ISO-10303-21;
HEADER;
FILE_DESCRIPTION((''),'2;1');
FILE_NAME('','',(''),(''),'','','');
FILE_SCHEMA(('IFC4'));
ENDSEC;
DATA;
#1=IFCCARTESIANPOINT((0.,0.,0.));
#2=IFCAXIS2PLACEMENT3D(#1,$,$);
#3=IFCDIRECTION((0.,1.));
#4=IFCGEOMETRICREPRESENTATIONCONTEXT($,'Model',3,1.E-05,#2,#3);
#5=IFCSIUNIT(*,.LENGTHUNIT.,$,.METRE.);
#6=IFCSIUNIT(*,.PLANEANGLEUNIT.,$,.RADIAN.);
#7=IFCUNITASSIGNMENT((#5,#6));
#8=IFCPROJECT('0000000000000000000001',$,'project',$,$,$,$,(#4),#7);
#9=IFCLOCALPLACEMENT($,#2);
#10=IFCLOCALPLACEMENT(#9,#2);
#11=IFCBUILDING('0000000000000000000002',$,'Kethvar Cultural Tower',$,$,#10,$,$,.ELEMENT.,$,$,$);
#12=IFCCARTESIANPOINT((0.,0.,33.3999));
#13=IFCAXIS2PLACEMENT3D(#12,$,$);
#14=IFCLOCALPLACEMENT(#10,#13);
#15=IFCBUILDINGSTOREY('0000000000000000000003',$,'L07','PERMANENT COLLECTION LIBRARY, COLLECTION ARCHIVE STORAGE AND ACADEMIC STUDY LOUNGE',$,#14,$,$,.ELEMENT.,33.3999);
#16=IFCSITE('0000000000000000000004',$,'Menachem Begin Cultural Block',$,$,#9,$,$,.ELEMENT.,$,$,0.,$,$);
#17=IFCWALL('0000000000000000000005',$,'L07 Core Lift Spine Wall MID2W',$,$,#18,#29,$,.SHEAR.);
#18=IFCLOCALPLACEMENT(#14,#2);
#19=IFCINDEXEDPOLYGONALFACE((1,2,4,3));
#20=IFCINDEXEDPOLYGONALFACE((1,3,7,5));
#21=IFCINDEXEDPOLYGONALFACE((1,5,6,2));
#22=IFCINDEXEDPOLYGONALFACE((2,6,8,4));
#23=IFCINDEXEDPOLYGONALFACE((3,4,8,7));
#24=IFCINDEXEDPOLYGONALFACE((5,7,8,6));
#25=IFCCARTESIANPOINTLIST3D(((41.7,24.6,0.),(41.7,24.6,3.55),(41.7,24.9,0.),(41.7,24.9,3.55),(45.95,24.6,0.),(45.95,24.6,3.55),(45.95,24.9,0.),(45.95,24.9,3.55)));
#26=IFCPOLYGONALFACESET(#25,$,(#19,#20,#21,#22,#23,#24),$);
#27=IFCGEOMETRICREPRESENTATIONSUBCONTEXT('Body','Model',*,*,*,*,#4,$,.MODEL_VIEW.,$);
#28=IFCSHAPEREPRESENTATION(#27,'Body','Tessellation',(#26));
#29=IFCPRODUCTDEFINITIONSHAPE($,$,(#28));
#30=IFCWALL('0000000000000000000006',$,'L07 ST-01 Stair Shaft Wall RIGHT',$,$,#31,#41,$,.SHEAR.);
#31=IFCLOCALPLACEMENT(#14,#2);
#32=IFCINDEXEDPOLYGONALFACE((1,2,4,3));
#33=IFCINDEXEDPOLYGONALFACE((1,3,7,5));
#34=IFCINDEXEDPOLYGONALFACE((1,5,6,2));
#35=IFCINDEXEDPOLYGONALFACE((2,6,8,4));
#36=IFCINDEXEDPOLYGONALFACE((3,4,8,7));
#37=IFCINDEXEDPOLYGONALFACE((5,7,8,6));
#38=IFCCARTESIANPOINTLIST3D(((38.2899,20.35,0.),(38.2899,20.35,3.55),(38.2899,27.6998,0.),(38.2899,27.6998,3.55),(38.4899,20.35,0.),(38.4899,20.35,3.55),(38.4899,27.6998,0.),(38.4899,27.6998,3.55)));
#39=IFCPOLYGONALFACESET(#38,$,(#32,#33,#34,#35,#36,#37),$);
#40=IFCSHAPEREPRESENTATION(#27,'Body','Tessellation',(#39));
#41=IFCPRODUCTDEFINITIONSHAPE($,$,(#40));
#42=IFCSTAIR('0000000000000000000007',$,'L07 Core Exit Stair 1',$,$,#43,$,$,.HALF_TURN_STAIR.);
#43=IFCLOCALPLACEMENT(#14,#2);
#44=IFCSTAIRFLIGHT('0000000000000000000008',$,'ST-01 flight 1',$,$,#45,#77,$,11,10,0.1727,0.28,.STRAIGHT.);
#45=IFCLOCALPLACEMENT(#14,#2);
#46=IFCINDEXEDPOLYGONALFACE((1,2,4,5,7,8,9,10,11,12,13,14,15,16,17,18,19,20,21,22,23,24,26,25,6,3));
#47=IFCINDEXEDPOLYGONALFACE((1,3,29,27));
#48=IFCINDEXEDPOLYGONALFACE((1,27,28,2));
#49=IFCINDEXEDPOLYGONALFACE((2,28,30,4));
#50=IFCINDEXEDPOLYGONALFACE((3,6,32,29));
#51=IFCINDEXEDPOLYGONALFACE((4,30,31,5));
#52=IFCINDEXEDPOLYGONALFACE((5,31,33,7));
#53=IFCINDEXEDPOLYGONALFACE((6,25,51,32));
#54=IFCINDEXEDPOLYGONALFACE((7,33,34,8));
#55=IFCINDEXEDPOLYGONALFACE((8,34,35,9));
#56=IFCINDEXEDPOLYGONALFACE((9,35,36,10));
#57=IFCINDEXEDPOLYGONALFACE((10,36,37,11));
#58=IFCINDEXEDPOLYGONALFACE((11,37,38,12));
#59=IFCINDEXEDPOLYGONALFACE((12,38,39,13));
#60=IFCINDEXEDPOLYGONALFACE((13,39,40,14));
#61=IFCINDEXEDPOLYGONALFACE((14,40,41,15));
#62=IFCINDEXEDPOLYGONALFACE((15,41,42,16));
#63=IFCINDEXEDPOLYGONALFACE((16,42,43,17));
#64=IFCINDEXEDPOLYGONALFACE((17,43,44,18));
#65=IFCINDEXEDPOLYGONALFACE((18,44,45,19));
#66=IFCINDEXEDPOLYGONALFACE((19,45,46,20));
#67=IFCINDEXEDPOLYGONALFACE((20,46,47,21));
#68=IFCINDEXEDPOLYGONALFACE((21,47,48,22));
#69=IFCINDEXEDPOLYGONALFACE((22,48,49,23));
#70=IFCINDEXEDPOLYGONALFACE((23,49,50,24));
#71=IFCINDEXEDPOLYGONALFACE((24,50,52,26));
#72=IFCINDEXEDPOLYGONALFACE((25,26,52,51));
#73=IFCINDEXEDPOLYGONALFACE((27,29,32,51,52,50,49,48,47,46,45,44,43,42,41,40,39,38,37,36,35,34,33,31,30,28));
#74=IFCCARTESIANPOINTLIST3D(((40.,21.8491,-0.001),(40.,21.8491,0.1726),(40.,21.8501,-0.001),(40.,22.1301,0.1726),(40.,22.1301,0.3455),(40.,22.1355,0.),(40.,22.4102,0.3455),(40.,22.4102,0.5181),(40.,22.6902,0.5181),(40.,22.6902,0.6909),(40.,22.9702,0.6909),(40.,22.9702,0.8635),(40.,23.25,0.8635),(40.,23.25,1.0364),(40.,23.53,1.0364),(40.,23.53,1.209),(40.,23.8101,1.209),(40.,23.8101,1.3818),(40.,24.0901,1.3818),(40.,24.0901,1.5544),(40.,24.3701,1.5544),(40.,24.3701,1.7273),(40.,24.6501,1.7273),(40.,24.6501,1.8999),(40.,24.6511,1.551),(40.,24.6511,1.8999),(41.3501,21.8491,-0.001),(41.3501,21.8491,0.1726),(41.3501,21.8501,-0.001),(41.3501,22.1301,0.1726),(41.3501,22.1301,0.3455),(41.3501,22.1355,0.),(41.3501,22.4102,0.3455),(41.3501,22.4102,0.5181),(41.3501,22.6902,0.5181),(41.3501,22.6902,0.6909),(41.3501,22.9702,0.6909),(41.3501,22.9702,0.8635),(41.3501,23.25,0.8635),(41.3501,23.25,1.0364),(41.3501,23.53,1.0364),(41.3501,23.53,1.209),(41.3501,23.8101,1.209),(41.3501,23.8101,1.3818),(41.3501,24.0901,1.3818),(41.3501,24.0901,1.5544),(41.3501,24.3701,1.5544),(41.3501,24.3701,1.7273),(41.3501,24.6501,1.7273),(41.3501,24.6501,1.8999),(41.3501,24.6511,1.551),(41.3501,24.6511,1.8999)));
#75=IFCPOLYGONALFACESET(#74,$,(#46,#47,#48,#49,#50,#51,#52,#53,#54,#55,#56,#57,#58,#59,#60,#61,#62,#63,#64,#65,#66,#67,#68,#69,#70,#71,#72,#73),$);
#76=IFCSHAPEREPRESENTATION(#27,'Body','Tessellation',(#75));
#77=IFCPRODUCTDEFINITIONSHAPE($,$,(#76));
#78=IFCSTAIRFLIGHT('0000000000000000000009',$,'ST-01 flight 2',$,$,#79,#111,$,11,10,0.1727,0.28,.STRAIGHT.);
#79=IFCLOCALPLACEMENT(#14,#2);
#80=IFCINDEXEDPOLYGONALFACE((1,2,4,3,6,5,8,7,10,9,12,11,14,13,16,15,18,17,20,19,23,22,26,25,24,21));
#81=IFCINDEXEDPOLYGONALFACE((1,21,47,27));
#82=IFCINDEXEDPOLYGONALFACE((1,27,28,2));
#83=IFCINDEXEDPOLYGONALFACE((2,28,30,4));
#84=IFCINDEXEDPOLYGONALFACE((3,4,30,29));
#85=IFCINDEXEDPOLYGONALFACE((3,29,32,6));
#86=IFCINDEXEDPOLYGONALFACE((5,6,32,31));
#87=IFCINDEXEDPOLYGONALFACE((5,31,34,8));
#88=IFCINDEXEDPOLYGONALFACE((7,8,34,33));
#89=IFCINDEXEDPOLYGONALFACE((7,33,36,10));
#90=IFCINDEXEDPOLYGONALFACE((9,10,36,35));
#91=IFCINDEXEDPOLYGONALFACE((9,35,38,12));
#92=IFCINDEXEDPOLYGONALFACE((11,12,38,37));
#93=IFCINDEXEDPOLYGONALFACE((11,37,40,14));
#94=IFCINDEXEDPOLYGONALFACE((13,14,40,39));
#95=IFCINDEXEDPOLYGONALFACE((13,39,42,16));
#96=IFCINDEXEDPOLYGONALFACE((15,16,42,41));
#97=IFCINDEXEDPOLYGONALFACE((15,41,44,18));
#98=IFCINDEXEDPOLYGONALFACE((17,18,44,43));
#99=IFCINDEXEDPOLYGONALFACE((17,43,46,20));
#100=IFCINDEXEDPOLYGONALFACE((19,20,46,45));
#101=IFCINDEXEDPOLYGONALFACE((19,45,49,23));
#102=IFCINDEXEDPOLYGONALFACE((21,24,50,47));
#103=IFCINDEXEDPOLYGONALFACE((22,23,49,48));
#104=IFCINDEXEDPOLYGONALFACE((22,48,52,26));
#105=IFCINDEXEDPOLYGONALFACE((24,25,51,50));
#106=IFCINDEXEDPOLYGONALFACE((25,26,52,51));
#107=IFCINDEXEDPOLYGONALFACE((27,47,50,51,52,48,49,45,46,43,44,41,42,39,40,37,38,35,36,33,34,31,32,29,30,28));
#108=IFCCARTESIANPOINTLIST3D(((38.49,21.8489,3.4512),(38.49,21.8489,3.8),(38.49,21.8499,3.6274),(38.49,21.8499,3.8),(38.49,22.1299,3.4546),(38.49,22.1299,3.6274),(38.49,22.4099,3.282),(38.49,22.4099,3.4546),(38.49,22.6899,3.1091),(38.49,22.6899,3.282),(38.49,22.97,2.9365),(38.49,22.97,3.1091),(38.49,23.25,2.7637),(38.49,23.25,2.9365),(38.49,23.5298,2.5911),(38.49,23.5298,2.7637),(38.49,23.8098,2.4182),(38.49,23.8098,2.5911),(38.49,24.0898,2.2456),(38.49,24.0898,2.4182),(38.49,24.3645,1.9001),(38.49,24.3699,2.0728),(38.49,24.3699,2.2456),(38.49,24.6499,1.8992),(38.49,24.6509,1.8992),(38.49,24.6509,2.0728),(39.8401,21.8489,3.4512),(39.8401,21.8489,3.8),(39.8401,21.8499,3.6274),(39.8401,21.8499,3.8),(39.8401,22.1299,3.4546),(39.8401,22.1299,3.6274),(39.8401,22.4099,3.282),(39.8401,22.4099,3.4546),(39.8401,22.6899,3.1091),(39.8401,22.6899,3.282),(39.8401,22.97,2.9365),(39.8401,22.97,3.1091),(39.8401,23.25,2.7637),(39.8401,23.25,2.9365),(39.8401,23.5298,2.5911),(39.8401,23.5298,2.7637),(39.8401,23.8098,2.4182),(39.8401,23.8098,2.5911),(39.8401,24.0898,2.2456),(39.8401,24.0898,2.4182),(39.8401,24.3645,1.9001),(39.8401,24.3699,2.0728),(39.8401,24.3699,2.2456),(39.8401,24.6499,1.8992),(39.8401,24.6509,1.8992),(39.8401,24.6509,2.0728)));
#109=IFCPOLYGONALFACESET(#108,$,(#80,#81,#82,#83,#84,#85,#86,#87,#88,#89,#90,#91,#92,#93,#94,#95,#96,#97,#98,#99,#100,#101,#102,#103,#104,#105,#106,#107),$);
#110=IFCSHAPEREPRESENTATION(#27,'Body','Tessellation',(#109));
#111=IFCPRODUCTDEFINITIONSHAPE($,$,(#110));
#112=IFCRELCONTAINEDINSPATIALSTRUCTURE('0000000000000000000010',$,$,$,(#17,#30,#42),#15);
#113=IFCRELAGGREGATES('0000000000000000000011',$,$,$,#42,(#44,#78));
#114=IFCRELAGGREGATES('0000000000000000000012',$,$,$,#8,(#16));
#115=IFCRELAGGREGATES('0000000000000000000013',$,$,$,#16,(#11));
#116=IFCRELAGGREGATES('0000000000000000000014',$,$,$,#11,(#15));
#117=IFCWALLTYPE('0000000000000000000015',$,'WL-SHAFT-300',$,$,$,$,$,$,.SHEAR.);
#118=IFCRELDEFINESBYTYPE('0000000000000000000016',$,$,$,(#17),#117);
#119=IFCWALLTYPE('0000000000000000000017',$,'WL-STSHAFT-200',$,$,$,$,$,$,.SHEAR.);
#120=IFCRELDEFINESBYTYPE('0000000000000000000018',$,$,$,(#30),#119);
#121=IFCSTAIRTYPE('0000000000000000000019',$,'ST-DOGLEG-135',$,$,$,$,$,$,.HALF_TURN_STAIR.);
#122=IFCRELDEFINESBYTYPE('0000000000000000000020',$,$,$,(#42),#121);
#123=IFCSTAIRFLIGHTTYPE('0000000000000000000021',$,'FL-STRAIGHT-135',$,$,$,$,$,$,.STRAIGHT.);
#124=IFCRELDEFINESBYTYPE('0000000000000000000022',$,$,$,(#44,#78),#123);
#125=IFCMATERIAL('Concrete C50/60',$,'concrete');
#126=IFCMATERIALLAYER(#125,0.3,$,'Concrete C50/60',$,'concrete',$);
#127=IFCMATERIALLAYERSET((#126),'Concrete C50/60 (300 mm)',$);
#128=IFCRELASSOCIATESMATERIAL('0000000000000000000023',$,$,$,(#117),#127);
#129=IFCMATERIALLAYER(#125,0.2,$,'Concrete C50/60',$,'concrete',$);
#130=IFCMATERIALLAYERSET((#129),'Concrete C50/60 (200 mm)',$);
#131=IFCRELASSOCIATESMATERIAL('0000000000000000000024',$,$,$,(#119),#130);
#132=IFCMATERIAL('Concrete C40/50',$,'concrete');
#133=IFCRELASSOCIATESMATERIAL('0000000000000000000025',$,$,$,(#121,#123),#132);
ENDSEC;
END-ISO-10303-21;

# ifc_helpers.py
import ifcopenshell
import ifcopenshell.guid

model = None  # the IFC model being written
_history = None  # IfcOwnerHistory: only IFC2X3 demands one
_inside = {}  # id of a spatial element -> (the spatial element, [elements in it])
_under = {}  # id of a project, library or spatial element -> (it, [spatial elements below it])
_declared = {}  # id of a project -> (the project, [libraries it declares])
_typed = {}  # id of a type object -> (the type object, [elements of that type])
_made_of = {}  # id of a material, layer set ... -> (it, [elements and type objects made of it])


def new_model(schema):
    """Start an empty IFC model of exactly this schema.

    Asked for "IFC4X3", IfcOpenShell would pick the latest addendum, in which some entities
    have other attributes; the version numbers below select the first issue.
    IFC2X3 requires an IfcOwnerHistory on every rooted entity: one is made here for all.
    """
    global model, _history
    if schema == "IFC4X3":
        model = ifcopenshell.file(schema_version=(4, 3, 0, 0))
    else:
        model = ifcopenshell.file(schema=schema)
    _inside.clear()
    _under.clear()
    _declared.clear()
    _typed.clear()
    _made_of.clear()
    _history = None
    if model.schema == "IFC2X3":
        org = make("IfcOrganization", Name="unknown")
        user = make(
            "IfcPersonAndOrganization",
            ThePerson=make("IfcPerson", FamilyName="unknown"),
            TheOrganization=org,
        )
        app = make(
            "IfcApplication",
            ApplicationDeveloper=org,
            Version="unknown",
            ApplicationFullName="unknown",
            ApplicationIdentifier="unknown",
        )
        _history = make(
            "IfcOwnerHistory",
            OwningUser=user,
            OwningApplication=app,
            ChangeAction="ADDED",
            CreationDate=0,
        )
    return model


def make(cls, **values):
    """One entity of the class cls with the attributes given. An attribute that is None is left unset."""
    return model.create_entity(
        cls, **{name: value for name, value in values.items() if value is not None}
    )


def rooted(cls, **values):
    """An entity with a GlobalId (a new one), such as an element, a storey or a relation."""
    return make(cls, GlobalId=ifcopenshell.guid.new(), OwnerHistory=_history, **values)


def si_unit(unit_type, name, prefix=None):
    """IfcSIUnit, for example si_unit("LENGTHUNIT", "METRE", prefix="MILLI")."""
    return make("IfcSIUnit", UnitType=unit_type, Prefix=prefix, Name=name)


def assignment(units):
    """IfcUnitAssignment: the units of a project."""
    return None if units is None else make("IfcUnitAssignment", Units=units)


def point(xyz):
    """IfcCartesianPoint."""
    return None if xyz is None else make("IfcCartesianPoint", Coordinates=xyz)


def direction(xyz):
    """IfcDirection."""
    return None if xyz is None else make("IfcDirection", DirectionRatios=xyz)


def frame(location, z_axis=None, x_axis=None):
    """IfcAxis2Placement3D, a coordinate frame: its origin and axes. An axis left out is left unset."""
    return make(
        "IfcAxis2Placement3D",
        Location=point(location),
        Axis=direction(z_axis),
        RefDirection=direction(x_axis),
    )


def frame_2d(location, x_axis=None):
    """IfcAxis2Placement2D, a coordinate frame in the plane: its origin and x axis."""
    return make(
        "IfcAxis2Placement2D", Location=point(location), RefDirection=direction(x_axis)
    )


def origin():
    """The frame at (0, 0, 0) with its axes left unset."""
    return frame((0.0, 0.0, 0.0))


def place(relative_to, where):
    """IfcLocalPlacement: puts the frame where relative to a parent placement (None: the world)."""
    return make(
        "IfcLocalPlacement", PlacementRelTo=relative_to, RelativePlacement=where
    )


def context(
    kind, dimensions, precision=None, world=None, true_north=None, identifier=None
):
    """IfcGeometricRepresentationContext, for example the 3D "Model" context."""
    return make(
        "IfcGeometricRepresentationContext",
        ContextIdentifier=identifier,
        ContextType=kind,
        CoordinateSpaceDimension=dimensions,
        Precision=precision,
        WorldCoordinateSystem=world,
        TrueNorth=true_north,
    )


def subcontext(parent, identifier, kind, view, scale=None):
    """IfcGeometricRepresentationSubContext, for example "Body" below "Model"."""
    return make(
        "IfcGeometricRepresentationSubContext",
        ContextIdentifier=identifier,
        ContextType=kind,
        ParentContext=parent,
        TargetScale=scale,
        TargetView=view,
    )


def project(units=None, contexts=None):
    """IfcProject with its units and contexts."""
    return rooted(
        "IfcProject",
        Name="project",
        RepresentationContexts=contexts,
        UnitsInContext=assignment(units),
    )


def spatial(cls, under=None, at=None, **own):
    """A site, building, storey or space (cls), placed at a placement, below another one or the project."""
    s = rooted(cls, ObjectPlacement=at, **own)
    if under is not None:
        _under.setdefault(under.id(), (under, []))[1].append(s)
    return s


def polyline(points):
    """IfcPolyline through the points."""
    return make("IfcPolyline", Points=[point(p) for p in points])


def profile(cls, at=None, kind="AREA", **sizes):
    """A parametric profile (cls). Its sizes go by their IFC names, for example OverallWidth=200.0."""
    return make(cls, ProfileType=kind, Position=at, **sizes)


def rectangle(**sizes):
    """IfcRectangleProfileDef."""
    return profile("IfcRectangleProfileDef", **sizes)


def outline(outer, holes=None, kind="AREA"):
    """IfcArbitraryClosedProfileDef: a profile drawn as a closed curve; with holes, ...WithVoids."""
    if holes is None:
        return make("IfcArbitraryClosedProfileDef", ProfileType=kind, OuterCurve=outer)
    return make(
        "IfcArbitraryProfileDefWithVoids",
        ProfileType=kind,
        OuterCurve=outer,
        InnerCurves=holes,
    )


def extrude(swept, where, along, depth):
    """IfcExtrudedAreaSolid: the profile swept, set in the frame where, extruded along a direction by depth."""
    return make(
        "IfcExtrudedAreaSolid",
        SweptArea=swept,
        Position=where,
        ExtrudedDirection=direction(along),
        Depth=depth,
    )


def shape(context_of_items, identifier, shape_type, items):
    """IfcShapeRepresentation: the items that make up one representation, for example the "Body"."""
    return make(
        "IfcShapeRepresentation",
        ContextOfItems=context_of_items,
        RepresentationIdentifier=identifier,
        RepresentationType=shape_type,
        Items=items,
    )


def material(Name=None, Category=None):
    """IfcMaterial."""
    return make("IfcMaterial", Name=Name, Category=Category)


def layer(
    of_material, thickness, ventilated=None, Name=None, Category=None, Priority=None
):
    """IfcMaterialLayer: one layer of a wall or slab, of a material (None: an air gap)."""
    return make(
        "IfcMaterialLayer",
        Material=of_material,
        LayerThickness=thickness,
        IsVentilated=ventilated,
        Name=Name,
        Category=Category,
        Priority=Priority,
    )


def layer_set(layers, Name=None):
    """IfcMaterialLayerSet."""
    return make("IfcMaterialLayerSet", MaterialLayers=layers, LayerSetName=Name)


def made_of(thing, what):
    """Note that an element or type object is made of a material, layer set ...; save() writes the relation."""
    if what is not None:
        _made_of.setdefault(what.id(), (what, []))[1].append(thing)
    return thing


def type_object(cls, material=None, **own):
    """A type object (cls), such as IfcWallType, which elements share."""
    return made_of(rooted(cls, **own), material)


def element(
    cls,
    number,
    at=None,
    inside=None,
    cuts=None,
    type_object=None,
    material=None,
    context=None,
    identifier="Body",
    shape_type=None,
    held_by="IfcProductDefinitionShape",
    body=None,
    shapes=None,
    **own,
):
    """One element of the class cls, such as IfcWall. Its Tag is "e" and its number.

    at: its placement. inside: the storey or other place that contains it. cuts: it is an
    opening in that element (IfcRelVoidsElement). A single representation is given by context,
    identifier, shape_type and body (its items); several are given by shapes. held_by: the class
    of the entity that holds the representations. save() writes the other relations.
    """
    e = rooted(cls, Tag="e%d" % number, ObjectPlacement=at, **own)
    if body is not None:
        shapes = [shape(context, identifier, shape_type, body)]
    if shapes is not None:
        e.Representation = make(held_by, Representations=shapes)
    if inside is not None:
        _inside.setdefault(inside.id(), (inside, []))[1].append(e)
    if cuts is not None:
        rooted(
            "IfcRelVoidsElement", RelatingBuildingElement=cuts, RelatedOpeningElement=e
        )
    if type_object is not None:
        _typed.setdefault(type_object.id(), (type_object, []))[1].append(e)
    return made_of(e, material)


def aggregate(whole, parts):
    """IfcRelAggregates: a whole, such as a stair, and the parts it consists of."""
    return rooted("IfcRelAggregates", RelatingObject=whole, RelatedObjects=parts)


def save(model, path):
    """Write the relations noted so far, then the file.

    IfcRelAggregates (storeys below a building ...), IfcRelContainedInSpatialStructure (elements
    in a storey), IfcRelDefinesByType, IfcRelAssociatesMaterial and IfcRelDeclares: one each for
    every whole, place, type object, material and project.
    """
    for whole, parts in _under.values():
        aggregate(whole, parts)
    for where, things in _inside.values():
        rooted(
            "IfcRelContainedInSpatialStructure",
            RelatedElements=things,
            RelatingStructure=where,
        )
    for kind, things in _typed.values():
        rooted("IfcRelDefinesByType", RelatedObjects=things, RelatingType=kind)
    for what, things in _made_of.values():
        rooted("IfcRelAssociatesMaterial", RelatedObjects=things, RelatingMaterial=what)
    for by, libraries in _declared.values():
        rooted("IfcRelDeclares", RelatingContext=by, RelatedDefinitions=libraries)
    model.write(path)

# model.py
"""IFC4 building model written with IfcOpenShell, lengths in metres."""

from ifc_helpers import new_model, si_unit, direction, frame, frame_2d, origin, place, context, subcontext, project, spatial, polyline, rectangle, outline, extrude, material, layer, layer_set, type_object, element, aggregate, save


model = new_model("IFC4")

# Units and contexts
model_context = context("Model", 3, precision=1e-05, world=origin(), true_north=direction((0.0, 1.0)))
body_context = subcontext(model_context, "Body", "Model", "MODEL_VIEW")
ifc_project = project(units=[si_unit("LENGTHUNIT", "METRE"), si_unit("PLANEANGLEUNIT", "RADIAN")], contexts=[model_context])

# Site, building, storey
site_placement = place(None, origin())
site = spatial("IfcSite", under=ifc_project, at=site_placement, Name="Menachem Begin Cultural Block", CompositionType="ELEMENT", RefElevation=0.0)
building_placement = place(site_placement, origin())
building = spatial("IfcBuilding", under=site, at=building_placement, Name="Kethvar Cultural Tower", CompositionType="ELEMENT")
storey_placement = place(building_placement, frame((0.0, 0.0, 33.3999)))
storey = spatial("IfcBuildingStorey", under=building, at=storey_placement, Name="L07", Description="PERMANENT COLLECTION LIBRARY, COLLECTION ARCHIVE STORAGE AND ACADEMIC STUDY LOUNGE", CompositionType="ELEMENT", Elevation=33.3999)

# Shared definitions
ifc_material_1 = material(Name="Concrete C50/60", Category="concrete")
ifc_layer_1 = layer(ifc_material_1, 0.3, Name="Concrete C50/60", Category="concrete")
ifc_layer_set_1 = layer_set([ifc_layer_1], Name="Concrete C50/60 (300 mm)")
wall_type_1 = type_object("IfcWallType", Name="WL-SHAFT-300", PredefinedType="SHEAR", material=ifc_layer_set_1)

# Walls
wall_1_placement = place(storey_placement, frame((41.7, 24.75, 0.0), z_axis=(0.0, 0.0, 1.0), x_axis=(1.0, 0.0, 0.0)))
element("IfcWall", 1, at=wall_1_placement, inside=storey, type_object=wall_type_1, Name="L07 Core Lift Spine Wall MID2W", PredefinedType="SHEAR", context=body_context, shape_type="SweptSolid", body=[
    extrude(rectangle(XDim=4.25, YDim=0.3, at=frame_2d((2.125, 0.0))), origin(), (0.0, 0.0, 1.0), 3.55),
])
ifc_layer_2 = layer(ifc_material_1, 0.2, Name="Concrete C50/60", Category="concrete")
ifc_layer_set_2 = layer_set([ifc_layer_2], Name="Concrete C50/60 (200 mm)")
wall_type_2 = type_object("IfcWallType", Name="WL-STSHAFT-200", PredefinedType="SHEAR", material=ifc_layer_set_2)
wall_2_placement = place(storey_placement, frame((38.3899, 20.3501, 0.0), z_axis=(0.0, 0.0, 1.0), x_axis=(0.0, 1.0, 0.0)))
element("IfcWall", 2, at=wall_2_placement, inside=storey, type_object=wall_type_2, Name="L07 ST-01 Stair Shaft Wall RIGHT", PredefinedType="SHEAR", context=body_context, shape_type="SweptSolid", body=[
    extrude(rectangle(XDim=7.3499, YDim=0.2, at=frame_2d((3.6748, 0.0))), origin(), (0.0, 0.0, 1.0), 3.55),
])

# Stair, stair flights
ifc_material_2 = material(Name="Concrete C40/50", Category="concrete")
stair_type = type_object("IfcStairType", Name="ST-DOGLEG-135", PredefinedType="HALF_TURN_STAIR", material=ifc_material_2)
stair_placement = place(storey_placement, origin())
stair = element("IfcStair", 3, at=stair_placement, inside=storey, type_object=stair_type, Name="L07 Core Exit Stair 1", PredefinedType="HALF_TURN_STAIR")
stair_flight_type = type_object("IfcStairFlightType", Name="FL-STRAIGHT-135", PredefinedType="STRAIGHT", material=ifc_material_2)
stair_flight_1_placement = place(storey_placement, frame((40.675, 21.8501, 0.0), z_axis=(0.0, 0.0, 1.0), x_axis=(0.0, 1.0, 0.0)))
stair_flight_1 = element("IfcStairFlight", 4, at=stair_flight_1_placement, type_object=stair_flight_type, Name="ST-01 flight 1", NumberOfRisers=11, NumberOfTreads=10, PredefinedType="STRAIGHT", RiserHeight=0.1727, TreadLength=0.28, context=body_context, shape_type="SweptSolid", body=[
    extrude(outline(polyline([(-0.001, -0.001), (-0.001, 0.1726), (0.28, 0.1726), (0.28, 0.3455), (0.5601, 0.3455), (0.5601, 0.5181), (0.8401, 0.5181), (0.8401, 0.6909), (1.1201, 0.6909), (1.1201, 0.8635), (1.3999, 0.8635), (1.3999, 1.0364), (1.6799, 1.0364), (1.6799, 1.209), (1.96, 1.209), (1.96, 1.3818), (2.24, 1.3818), (2.24, 1.5544), (2.52, 1.5544), (2.52, 1.7273), (2.8, 1.7273), (2.8, 1.8999), (2.801, 1.8999), (2.801, 1.551), (0.2854, 0.0), (0.0, -0.001), (-0.001, -0.001)])), frame((0.0, 0.675, 0.0), z_axis=(0.0, -1.0, 0.0), x_axis=(1.0, 0.0, 0.0)), (0.0, 0.0, 1.0), 1.3501),
])
stair_flight_2_placement = place(storey_placement, frame((39.165, 24.6499, 1.9001), z_axis=(0.0, 0.0, 1.0), x_axis=(0.0, -1.0, 0.0)))
stair_flight_2 = element("IfcStairFlight", 5, at=stair_flight_2_placement, type_object=stair_flight_type, Name="ST-01 flight 2", NumberOfRisers=11, NumberOfTreads=10, PredefinedType="STRAIGHT", RiserHeight=0.1727, TreadLength=0.28, context=body_context, shape_type="SweptSolid", body=[
    extrude(outline(polyline([(-0.001, -0.001), (-0.001, 0.1726), (0.28, 0.1726), (0.28, 0.3455), (0.5601, 0.3455), (0.5601, 0.5181), (0.8401, 0.5181), (0.8401, 0.6909), (1.1201, 0.6909), (1.1201, 0.8635), (1.3999, 0.8635), (1.3999, 1.0364), (1.6799, 1.0364), (1.6799, 1.209), (1.96, 1.209), (1.96, 1.3818), (2.24, 1.3818), (2.24, 1.5544), (2.52, 1.5544), (2.52, 1.7273), (2.8, 1.7273), (2.8, 1.8999), (2.801, 1.8999), (2.801, 1.551), (0.2854, 0.0), (0.0, -0.001), (-0.001, -0.001)])), frame((0.0, 0.675, 0.0), z_axis=(0.0, -1.0, 0.0), x_axis=(1.0, 0.0, 0.0)), (0.0, 0.0, 1.0), 1.3501),
])
aggregate(stair, [stair_flight_1, stair_flight_2])

save(model, "model.ifc")
